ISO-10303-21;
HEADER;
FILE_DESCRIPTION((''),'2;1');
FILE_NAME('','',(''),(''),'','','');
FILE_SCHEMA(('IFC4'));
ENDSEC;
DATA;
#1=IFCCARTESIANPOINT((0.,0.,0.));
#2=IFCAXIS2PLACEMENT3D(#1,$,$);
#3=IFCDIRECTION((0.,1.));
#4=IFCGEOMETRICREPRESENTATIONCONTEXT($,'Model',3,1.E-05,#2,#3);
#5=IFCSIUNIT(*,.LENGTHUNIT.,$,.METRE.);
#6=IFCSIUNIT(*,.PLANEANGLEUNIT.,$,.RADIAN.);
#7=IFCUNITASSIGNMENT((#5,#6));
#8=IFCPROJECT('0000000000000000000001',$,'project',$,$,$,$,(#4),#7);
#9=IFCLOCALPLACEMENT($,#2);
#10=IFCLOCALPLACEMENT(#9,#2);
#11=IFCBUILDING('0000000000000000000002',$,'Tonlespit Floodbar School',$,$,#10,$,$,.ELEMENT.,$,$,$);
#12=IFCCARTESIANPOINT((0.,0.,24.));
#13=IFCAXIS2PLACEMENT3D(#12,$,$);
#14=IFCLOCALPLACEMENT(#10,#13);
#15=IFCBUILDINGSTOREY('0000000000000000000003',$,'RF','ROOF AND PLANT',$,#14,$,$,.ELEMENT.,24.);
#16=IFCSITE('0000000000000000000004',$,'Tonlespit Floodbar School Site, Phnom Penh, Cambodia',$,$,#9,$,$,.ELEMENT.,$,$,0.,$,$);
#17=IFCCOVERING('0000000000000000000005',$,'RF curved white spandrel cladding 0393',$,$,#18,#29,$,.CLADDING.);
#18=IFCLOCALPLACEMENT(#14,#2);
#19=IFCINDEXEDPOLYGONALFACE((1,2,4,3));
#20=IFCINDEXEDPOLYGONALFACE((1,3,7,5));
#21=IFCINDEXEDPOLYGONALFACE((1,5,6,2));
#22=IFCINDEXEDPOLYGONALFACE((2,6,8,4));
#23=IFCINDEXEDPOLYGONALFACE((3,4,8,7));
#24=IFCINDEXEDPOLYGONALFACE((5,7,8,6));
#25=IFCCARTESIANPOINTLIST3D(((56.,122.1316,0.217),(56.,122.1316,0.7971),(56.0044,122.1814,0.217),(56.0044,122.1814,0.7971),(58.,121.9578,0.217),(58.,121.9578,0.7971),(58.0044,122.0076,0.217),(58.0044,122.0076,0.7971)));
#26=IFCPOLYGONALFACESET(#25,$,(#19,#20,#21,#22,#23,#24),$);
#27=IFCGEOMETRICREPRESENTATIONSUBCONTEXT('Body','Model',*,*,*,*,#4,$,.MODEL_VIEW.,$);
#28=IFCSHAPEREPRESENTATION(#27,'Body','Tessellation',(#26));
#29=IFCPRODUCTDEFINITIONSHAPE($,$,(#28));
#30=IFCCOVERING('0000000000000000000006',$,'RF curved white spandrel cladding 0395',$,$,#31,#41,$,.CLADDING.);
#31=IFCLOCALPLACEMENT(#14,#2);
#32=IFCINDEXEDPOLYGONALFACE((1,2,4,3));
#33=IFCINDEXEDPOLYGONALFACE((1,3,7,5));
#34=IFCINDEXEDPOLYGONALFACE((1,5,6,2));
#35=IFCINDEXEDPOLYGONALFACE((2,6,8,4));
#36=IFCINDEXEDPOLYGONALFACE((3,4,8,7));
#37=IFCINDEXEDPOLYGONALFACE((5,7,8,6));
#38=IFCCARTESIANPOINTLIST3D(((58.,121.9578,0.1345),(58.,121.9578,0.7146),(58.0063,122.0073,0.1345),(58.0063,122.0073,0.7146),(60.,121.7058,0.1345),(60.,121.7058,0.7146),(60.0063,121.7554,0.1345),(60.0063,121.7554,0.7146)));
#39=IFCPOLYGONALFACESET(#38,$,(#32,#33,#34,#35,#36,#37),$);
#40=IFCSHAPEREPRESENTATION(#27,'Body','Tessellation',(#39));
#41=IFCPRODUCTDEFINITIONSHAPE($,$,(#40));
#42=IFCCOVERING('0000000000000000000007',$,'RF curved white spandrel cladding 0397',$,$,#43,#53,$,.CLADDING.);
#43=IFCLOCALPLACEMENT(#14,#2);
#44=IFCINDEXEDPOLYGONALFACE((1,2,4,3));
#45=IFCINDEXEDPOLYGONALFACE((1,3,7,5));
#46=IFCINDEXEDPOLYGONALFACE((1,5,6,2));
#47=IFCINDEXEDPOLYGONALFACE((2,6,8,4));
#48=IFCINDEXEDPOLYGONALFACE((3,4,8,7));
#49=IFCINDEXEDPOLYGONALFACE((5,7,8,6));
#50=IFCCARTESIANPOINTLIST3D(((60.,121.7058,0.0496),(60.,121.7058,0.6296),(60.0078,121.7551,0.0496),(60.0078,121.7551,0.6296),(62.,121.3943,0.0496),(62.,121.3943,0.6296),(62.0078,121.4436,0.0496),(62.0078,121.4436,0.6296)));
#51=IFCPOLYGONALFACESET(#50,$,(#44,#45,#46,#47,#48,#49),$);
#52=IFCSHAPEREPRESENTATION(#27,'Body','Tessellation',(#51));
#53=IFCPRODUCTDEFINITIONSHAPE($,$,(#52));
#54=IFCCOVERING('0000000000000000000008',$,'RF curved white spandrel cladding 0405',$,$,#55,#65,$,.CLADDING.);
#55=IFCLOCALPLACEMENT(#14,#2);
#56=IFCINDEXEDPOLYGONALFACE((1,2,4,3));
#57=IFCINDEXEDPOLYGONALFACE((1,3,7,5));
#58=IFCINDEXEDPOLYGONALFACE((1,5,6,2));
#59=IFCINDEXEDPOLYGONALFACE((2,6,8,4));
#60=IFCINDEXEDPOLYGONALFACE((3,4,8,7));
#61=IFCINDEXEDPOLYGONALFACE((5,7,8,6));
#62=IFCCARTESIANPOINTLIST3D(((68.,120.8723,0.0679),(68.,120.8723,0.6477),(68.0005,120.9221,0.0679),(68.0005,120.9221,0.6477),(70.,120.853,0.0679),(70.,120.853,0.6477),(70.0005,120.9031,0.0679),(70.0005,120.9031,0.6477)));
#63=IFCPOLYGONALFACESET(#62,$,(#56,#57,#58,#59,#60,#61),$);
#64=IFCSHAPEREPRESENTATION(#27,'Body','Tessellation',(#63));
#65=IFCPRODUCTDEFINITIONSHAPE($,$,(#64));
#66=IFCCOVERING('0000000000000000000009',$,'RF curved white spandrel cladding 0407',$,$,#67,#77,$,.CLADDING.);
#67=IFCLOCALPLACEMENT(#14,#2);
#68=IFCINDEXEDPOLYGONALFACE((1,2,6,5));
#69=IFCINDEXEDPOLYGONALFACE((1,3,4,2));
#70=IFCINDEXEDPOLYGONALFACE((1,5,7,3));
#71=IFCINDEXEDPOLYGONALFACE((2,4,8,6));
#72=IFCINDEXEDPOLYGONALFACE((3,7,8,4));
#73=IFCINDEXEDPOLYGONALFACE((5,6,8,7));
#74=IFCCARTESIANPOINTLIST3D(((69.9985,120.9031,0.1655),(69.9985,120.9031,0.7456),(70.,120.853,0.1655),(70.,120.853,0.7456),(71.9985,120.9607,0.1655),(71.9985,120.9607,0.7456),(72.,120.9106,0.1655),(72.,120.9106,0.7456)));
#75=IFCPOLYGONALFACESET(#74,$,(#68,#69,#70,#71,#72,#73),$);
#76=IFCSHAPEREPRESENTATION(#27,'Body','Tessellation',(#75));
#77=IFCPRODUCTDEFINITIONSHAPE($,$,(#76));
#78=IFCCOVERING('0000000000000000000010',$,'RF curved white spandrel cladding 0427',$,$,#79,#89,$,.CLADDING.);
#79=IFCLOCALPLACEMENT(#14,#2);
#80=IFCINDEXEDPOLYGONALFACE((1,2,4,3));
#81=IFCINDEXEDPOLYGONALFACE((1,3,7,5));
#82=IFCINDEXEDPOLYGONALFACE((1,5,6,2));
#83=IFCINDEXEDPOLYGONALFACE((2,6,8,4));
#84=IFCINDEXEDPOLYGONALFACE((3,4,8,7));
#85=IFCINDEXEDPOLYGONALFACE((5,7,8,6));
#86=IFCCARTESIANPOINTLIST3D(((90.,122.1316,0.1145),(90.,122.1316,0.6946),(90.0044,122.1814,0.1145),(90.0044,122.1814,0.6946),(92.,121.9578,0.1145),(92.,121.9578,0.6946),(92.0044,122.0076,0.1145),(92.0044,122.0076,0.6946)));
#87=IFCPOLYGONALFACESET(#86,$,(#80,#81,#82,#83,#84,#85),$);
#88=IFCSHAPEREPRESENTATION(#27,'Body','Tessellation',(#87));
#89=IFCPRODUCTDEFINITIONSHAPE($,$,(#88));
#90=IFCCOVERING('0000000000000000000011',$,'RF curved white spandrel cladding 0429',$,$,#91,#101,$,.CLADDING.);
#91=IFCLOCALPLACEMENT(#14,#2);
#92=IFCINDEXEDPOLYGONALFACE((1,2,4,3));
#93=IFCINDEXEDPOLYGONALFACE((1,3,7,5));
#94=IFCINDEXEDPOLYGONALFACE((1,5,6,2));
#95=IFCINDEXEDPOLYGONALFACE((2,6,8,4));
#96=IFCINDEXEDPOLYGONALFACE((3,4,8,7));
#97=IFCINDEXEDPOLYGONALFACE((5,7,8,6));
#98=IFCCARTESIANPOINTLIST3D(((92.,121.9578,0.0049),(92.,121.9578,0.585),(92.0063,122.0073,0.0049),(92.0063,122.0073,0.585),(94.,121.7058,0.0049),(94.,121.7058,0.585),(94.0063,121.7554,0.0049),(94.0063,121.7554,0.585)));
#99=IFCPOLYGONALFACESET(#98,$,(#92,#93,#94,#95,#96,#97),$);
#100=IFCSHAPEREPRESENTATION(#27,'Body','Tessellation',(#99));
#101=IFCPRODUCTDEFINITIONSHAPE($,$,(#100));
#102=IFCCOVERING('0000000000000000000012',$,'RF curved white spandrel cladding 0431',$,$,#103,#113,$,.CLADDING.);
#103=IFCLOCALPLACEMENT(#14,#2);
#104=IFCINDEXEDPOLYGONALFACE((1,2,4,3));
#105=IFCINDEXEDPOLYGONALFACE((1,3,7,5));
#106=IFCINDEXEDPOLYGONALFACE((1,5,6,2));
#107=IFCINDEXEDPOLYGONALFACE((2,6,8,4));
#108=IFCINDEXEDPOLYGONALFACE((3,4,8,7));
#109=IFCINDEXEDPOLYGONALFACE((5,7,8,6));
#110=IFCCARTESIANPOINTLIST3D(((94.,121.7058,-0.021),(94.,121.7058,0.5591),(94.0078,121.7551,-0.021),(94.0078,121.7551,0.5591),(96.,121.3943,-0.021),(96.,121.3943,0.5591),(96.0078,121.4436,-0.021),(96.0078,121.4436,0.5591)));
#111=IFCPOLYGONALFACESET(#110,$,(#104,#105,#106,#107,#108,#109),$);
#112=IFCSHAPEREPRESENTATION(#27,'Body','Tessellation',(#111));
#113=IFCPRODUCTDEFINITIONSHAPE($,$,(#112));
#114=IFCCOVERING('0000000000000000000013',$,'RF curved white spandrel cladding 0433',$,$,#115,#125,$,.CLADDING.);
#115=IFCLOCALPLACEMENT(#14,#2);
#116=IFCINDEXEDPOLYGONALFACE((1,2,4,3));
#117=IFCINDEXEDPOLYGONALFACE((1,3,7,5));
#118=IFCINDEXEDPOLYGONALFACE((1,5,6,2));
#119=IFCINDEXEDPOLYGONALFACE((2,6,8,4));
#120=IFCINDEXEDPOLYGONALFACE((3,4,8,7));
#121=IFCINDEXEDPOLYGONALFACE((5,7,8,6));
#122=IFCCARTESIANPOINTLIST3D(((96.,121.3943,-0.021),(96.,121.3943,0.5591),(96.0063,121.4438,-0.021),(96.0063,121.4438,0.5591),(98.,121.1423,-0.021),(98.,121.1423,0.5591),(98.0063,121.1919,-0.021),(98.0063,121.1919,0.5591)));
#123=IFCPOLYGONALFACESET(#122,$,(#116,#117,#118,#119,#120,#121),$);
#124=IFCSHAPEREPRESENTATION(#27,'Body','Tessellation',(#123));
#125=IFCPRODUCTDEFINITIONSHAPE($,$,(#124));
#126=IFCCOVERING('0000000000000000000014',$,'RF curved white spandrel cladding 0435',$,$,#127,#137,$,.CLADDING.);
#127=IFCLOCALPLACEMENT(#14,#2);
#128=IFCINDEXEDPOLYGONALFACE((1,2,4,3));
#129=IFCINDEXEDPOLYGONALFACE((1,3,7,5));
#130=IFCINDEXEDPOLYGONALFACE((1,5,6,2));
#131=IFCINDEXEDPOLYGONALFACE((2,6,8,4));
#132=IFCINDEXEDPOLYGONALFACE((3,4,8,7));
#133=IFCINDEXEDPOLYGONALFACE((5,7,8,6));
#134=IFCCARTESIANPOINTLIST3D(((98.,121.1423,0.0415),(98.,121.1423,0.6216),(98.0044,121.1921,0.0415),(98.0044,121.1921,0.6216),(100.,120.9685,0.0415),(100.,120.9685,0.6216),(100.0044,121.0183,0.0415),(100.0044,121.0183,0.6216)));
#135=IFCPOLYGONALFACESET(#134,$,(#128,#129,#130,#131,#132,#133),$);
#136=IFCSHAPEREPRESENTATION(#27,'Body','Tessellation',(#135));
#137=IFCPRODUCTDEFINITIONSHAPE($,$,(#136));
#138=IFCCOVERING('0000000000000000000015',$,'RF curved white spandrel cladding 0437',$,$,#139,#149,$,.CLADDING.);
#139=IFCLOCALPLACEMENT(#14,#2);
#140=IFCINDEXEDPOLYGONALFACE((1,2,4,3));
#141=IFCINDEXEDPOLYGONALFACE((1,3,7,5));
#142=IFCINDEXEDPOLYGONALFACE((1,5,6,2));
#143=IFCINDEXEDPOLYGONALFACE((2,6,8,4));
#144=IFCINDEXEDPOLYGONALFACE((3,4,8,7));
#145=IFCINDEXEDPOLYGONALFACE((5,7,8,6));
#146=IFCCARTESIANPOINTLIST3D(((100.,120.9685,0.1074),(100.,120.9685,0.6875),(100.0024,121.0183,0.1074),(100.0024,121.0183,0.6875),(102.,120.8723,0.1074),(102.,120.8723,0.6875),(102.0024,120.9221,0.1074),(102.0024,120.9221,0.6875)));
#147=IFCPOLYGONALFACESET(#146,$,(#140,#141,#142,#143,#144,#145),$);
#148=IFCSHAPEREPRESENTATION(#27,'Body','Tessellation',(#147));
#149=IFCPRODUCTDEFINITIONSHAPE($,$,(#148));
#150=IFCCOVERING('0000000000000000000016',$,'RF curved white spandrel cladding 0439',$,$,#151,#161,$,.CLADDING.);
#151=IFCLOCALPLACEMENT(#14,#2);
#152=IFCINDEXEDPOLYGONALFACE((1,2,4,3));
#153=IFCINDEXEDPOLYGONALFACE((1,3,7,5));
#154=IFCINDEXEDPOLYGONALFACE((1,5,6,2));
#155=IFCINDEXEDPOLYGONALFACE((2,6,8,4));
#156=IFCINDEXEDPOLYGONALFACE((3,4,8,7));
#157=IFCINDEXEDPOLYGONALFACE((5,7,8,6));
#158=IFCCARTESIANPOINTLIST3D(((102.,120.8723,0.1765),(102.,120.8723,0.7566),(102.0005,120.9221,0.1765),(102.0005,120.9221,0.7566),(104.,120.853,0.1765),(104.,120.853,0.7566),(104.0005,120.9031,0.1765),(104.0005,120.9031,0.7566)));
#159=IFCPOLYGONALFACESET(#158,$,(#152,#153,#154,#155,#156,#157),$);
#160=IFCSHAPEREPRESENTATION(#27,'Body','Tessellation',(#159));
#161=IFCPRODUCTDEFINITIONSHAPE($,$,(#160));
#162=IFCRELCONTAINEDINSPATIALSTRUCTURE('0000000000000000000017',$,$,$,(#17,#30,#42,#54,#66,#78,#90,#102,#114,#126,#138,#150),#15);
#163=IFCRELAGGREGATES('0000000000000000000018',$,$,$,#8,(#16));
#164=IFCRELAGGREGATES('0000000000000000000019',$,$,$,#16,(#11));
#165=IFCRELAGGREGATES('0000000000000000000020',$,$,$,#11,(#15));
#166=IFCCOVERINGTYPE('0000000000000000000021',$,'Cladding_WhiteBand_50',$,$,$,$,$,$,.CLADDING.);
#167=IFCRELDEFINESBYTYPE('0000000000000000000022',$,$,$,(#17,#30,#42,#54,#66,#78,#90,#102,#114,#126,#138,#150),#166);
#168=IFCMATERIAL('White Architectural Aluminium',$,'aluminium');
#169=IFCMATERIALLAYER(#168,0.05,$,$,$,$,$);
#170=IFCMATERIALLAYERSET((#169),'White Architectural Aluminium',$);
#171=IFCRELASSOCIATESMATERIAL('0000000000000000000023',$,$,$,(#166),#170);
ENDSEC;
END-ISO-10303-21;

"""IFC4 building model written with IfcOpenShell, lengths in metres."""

from ifc_helpers import new_model, si_unit, direction, frame, origin, place, context, subcontext, project, spatial, polyline, outline, extrude, material, layer, layer_set, type_object, element, save


model = new_model("IFC4")

# Units and contexts
model_context = context("Model", 3, precision=1e-05, world=origin(), true_north=direction((0.0, 1.0)))
body_context = subcontext(model_context, "Body", "Model", "MODEL_VIEW")
ifc_project = project(units=[si_unit("LENGTHUNIT", "METRE"), si_unit("PLANEANGLEUNIT", "RADIAN")], contexts=[model_context])

# Site, building, storey
site_placement = place(None, origin())
site = spatial("IfcSite", under=ifc_project, at=site_placement, Name="Tonlespit Floodbar School Site, Phnom Penh, Cambodia", CompositionType="ELEMENT", RefElevation=0.0)
building_placement = place(site_placement, origin())
building = spatial("IfcBuilding", under=site, at=building_placement, Name="Tonlespit Floodbar School", CompositionType="ELEMENT")
storey_placement = place(building_placement, frame((0.0, 0.0, 24.0)))
storey = spatial("IfcBuildingStorey", under=building, at=storey_placement, Name="RF", Description="ROOF AND PLANT", CompositionType="ELEMENT", Elevation=24.0)

# Coverings
ifc_material = material(Name="White Architectural Aluminium", Category="aluminium")
ifc_layer = layer(ifc_material, 0.05)
ifc_layer_set = layer_set([ifc_layer], Name="White Architectural Aluminium")
covering_type = type_object("IfcCoveringType", Name="Cladding_WhiteBand_50", PredefinedType="CLADDING", material=ifc_layer_set)
covering_1_placement = place(storey_placement, frame((0.0, 0.0, 0.217)))
element("IfcCovering", 1, at=covering_1_placement, inside=storey, type_object=covering_type, Name="RF curved white spandrel cladding 0393", PredefinedType="CLADDING", context=body_context, shape_type="SweptSolid", body=[
    extrude(outline(polyline([(56.0, 122.1316), (58.0, 121.9578), (58.0044, 122.0076), (56.0044, 122.1814), (56.0, 122.1316)])), origin(), (0.0, 0.0, 1.0), 0.5801),
])
covering_2_placement = place(storey_placement, frame((0.0, 0.0, 0.1345)))
element("IfcCovering", 2, at=covering_2_placement, inside=storey, type_object=covering_type, Name="RF curved white spandrel cladding 0395", PredefinedType="CLADDING", context=body_context, shape_type="SweptSolid", body=[
    extrude(outline(polyline([(58.0, 121.9578), (60.0, 121.7058), (60.0063, 121.7554), (58.0063, 122.0073), (58.0, 121.9578)])), origin(), (0.0, 0.0, 1.0), 0.5801),
])
covering_3_placement = place(storey_placement, frame((0.0, 0.0, 0.0496)))
element("IfcCovering", 3, at=covering_3_placement, inside=storey, type_object=covering_type, Name="RF curved white spandrel cladding 0397", PredefinedType="CLADDING", context=body_context, shape_type="SweptSolid", body=[
    extrude(outline(polyline([(60.0, 121.7058), (62.0, 121.3943), (62.0078, 121.4436), (60.0078, 121.7551), (60.0, 121.7058)])), origin(), (0.0, 0.0, 1.0), 0.5801),
])
covering_4_placement = place(storey_placement, frame((0.0, 0.0, 0.0679)))
element("IfcCovering", 4, at=covering_4_placement, inside=storey, type_object=covering_type, Name="RF curved white spandrel cladding 0405", PredefinedType="CLADDING", context=body_context, shape_type="SweptSolid", body=[
    extrude(outline(polyline([(68.0, 120.8723), (70.0, 120.853), (70.0005, 120.9031), (68.0005, 120.9221), (68.0, 120.8723)])), origin(), (0.0, 0.0, 1.0), 0.5798),
])
covering_5_placement = place(storey_placement, frame((0.0, 0.0, 0.1655)))
element("IfcCovering", 5, at=covering_5_placement, inside=storey, type_object=covering_type, Name="RF curved white spandrel cladding 0407", PredefinedType="CLADDING", context=body_context, shape_type="SweptSolid", body=[
    extrude(outline(polyline([(70.0, 120.853), (72.0, 120.9106), (71.9985, 120.9607), (69.9985, 120.9031), (70.0, 120.853)])), origin(), (0.0, 0.0, 1.0), 0.5801),
])
covering_6_placement = place(storey_placement, frame((0.0, 0.0, 0.1145)))
element("IfcCovering", 6, at=covering_6_placement, inside=storey, type_object=covering_type, Name="RF curved white spandrel cladding 0427", PredefinedType="CLADDING", context=body_context, shape_type="SweptSolid", body=[
    extrude(outline(polyline([(90.0, 122.1316), (92.0, 121.9578), (92.0044, 122.0076), (90.0044, 122.1814), (90.0, 122.1316)])), origin(), (0.0, 0.0, 1.0), 0.5801),
])
covering_7_placement = place(storey_placement, frame((0.0, 0.0, 0.0049)))
element("IfcCovering", 7, at=covering_7_placement, inside=storey, type_object=covering_type, Name="RF curved white spandrel cladding 0429", PredefinedType="CLADDING", context=body_context, shape_type="SweptSolid", body=[
    extrude(outline(polyline([(92.0, 121.9578), (94.0, 121.7058), (94.0063, 121.7554), (92.0063, 122.0073), (92.0, 121.9578)])), origin(), (0.0, 0.0, 1.0), 0.5801),
])
covering_8_placement = place(storey_placement, frame((0.0, 0.0, -0.021)))
element("IfcCovering", 8, at=covering_8_placement, inside=storey, type_object=covering_type, Name="RF curved white spandrel cladding 0431", PredefinedType="CLADDING", context=body_context, shape_type="SweptSolid", body=[
    extrude(outline(polyline([(94.0, 121.7058), (96.0, 121.3943), (96.0078, 121.4436), (94.0078, 121.7551), (94.0, 121.7058)])), origin(), (0.0, 0.0, 1.0), 0.5801),
])
covering_9_placement = place(storey_placement, frame((0.0, 0.0, -0.021)))
element("IfcCovering", 9, at=covering_9_placement, inside=storey, type_object=covering_type, Name="RF curved white spandrel cladding 0433", PredefinedType="CLADDING", context=body_context, shape_type="SweptSolid", body=[
    extrude(outline(polyline([(96.0, 121.3943), (98.0, 121.1423), (98.0063, 121.1919), (96.0063, 121.4438), (96.0, 121.3943)])), origin(), (0.0, 0.0, 1.0), 0.5801),
])
covering_10_placement = place(storey_placement, frame((0.0, 0.0, 0.0415)))
element("IfcCovering", 10, at=covering_10_placement, inside=storey, type_object=covering_type, Name="RF curved white spandrel cladding 0435", PredefinedType="CLADDING", context=body_context, shape_type="SweptSolid", body=[
    extrude(outline(polyline([(98.0, 121.1423), (100.0, 120.9685), (100.0044, 121.0183), (98.0044, 121.1921), (98.0, 121.1423)])), origin(), (0.0, 0.0, 1.0), 0.5801),
])
covering_11_placement = place(storey_placement, frame((0.0, 0.0, 0.1074)))
element("IfcCovering", 11, at=covering_11_placement, inside=storey, type_object=covering_type, Name="RF curved white spandrel cladding 0437", PredefinedType="CLADDING", context=body_context, shape_type="SweptSolid", body=[
    extrude(outline(polyline([(100.0, 120.9685), (102.0, 120.8723), (102.0024, 120.9221), (100.0024, 121.0183), (100.0, 120.9685)])), origin(), (0.0, 0.0, 1.0), 0.5801),
])
covering_12_placement = place(storey_placement, frame((0.0, 0.0, 0.1765)))
element("IfcCovering", 12, at=covering_12_placement, inside=storey, type_object=covering_type, Name="RF curved white spandrel cladding 0439", PredefinedType="CLADDING", context=body_context, shape_type="SweptSolid", body=[
    extrude(outline(polyline([(102.0, 120.8723), (104.0, 120.853), (104.0005, 120.9031), (102.0005, 120.9221), (102.0, 120.8723)])), origin(), (0.0, 0.0, 1.0), 0.5801),
])

save(model, "model.ifc")
